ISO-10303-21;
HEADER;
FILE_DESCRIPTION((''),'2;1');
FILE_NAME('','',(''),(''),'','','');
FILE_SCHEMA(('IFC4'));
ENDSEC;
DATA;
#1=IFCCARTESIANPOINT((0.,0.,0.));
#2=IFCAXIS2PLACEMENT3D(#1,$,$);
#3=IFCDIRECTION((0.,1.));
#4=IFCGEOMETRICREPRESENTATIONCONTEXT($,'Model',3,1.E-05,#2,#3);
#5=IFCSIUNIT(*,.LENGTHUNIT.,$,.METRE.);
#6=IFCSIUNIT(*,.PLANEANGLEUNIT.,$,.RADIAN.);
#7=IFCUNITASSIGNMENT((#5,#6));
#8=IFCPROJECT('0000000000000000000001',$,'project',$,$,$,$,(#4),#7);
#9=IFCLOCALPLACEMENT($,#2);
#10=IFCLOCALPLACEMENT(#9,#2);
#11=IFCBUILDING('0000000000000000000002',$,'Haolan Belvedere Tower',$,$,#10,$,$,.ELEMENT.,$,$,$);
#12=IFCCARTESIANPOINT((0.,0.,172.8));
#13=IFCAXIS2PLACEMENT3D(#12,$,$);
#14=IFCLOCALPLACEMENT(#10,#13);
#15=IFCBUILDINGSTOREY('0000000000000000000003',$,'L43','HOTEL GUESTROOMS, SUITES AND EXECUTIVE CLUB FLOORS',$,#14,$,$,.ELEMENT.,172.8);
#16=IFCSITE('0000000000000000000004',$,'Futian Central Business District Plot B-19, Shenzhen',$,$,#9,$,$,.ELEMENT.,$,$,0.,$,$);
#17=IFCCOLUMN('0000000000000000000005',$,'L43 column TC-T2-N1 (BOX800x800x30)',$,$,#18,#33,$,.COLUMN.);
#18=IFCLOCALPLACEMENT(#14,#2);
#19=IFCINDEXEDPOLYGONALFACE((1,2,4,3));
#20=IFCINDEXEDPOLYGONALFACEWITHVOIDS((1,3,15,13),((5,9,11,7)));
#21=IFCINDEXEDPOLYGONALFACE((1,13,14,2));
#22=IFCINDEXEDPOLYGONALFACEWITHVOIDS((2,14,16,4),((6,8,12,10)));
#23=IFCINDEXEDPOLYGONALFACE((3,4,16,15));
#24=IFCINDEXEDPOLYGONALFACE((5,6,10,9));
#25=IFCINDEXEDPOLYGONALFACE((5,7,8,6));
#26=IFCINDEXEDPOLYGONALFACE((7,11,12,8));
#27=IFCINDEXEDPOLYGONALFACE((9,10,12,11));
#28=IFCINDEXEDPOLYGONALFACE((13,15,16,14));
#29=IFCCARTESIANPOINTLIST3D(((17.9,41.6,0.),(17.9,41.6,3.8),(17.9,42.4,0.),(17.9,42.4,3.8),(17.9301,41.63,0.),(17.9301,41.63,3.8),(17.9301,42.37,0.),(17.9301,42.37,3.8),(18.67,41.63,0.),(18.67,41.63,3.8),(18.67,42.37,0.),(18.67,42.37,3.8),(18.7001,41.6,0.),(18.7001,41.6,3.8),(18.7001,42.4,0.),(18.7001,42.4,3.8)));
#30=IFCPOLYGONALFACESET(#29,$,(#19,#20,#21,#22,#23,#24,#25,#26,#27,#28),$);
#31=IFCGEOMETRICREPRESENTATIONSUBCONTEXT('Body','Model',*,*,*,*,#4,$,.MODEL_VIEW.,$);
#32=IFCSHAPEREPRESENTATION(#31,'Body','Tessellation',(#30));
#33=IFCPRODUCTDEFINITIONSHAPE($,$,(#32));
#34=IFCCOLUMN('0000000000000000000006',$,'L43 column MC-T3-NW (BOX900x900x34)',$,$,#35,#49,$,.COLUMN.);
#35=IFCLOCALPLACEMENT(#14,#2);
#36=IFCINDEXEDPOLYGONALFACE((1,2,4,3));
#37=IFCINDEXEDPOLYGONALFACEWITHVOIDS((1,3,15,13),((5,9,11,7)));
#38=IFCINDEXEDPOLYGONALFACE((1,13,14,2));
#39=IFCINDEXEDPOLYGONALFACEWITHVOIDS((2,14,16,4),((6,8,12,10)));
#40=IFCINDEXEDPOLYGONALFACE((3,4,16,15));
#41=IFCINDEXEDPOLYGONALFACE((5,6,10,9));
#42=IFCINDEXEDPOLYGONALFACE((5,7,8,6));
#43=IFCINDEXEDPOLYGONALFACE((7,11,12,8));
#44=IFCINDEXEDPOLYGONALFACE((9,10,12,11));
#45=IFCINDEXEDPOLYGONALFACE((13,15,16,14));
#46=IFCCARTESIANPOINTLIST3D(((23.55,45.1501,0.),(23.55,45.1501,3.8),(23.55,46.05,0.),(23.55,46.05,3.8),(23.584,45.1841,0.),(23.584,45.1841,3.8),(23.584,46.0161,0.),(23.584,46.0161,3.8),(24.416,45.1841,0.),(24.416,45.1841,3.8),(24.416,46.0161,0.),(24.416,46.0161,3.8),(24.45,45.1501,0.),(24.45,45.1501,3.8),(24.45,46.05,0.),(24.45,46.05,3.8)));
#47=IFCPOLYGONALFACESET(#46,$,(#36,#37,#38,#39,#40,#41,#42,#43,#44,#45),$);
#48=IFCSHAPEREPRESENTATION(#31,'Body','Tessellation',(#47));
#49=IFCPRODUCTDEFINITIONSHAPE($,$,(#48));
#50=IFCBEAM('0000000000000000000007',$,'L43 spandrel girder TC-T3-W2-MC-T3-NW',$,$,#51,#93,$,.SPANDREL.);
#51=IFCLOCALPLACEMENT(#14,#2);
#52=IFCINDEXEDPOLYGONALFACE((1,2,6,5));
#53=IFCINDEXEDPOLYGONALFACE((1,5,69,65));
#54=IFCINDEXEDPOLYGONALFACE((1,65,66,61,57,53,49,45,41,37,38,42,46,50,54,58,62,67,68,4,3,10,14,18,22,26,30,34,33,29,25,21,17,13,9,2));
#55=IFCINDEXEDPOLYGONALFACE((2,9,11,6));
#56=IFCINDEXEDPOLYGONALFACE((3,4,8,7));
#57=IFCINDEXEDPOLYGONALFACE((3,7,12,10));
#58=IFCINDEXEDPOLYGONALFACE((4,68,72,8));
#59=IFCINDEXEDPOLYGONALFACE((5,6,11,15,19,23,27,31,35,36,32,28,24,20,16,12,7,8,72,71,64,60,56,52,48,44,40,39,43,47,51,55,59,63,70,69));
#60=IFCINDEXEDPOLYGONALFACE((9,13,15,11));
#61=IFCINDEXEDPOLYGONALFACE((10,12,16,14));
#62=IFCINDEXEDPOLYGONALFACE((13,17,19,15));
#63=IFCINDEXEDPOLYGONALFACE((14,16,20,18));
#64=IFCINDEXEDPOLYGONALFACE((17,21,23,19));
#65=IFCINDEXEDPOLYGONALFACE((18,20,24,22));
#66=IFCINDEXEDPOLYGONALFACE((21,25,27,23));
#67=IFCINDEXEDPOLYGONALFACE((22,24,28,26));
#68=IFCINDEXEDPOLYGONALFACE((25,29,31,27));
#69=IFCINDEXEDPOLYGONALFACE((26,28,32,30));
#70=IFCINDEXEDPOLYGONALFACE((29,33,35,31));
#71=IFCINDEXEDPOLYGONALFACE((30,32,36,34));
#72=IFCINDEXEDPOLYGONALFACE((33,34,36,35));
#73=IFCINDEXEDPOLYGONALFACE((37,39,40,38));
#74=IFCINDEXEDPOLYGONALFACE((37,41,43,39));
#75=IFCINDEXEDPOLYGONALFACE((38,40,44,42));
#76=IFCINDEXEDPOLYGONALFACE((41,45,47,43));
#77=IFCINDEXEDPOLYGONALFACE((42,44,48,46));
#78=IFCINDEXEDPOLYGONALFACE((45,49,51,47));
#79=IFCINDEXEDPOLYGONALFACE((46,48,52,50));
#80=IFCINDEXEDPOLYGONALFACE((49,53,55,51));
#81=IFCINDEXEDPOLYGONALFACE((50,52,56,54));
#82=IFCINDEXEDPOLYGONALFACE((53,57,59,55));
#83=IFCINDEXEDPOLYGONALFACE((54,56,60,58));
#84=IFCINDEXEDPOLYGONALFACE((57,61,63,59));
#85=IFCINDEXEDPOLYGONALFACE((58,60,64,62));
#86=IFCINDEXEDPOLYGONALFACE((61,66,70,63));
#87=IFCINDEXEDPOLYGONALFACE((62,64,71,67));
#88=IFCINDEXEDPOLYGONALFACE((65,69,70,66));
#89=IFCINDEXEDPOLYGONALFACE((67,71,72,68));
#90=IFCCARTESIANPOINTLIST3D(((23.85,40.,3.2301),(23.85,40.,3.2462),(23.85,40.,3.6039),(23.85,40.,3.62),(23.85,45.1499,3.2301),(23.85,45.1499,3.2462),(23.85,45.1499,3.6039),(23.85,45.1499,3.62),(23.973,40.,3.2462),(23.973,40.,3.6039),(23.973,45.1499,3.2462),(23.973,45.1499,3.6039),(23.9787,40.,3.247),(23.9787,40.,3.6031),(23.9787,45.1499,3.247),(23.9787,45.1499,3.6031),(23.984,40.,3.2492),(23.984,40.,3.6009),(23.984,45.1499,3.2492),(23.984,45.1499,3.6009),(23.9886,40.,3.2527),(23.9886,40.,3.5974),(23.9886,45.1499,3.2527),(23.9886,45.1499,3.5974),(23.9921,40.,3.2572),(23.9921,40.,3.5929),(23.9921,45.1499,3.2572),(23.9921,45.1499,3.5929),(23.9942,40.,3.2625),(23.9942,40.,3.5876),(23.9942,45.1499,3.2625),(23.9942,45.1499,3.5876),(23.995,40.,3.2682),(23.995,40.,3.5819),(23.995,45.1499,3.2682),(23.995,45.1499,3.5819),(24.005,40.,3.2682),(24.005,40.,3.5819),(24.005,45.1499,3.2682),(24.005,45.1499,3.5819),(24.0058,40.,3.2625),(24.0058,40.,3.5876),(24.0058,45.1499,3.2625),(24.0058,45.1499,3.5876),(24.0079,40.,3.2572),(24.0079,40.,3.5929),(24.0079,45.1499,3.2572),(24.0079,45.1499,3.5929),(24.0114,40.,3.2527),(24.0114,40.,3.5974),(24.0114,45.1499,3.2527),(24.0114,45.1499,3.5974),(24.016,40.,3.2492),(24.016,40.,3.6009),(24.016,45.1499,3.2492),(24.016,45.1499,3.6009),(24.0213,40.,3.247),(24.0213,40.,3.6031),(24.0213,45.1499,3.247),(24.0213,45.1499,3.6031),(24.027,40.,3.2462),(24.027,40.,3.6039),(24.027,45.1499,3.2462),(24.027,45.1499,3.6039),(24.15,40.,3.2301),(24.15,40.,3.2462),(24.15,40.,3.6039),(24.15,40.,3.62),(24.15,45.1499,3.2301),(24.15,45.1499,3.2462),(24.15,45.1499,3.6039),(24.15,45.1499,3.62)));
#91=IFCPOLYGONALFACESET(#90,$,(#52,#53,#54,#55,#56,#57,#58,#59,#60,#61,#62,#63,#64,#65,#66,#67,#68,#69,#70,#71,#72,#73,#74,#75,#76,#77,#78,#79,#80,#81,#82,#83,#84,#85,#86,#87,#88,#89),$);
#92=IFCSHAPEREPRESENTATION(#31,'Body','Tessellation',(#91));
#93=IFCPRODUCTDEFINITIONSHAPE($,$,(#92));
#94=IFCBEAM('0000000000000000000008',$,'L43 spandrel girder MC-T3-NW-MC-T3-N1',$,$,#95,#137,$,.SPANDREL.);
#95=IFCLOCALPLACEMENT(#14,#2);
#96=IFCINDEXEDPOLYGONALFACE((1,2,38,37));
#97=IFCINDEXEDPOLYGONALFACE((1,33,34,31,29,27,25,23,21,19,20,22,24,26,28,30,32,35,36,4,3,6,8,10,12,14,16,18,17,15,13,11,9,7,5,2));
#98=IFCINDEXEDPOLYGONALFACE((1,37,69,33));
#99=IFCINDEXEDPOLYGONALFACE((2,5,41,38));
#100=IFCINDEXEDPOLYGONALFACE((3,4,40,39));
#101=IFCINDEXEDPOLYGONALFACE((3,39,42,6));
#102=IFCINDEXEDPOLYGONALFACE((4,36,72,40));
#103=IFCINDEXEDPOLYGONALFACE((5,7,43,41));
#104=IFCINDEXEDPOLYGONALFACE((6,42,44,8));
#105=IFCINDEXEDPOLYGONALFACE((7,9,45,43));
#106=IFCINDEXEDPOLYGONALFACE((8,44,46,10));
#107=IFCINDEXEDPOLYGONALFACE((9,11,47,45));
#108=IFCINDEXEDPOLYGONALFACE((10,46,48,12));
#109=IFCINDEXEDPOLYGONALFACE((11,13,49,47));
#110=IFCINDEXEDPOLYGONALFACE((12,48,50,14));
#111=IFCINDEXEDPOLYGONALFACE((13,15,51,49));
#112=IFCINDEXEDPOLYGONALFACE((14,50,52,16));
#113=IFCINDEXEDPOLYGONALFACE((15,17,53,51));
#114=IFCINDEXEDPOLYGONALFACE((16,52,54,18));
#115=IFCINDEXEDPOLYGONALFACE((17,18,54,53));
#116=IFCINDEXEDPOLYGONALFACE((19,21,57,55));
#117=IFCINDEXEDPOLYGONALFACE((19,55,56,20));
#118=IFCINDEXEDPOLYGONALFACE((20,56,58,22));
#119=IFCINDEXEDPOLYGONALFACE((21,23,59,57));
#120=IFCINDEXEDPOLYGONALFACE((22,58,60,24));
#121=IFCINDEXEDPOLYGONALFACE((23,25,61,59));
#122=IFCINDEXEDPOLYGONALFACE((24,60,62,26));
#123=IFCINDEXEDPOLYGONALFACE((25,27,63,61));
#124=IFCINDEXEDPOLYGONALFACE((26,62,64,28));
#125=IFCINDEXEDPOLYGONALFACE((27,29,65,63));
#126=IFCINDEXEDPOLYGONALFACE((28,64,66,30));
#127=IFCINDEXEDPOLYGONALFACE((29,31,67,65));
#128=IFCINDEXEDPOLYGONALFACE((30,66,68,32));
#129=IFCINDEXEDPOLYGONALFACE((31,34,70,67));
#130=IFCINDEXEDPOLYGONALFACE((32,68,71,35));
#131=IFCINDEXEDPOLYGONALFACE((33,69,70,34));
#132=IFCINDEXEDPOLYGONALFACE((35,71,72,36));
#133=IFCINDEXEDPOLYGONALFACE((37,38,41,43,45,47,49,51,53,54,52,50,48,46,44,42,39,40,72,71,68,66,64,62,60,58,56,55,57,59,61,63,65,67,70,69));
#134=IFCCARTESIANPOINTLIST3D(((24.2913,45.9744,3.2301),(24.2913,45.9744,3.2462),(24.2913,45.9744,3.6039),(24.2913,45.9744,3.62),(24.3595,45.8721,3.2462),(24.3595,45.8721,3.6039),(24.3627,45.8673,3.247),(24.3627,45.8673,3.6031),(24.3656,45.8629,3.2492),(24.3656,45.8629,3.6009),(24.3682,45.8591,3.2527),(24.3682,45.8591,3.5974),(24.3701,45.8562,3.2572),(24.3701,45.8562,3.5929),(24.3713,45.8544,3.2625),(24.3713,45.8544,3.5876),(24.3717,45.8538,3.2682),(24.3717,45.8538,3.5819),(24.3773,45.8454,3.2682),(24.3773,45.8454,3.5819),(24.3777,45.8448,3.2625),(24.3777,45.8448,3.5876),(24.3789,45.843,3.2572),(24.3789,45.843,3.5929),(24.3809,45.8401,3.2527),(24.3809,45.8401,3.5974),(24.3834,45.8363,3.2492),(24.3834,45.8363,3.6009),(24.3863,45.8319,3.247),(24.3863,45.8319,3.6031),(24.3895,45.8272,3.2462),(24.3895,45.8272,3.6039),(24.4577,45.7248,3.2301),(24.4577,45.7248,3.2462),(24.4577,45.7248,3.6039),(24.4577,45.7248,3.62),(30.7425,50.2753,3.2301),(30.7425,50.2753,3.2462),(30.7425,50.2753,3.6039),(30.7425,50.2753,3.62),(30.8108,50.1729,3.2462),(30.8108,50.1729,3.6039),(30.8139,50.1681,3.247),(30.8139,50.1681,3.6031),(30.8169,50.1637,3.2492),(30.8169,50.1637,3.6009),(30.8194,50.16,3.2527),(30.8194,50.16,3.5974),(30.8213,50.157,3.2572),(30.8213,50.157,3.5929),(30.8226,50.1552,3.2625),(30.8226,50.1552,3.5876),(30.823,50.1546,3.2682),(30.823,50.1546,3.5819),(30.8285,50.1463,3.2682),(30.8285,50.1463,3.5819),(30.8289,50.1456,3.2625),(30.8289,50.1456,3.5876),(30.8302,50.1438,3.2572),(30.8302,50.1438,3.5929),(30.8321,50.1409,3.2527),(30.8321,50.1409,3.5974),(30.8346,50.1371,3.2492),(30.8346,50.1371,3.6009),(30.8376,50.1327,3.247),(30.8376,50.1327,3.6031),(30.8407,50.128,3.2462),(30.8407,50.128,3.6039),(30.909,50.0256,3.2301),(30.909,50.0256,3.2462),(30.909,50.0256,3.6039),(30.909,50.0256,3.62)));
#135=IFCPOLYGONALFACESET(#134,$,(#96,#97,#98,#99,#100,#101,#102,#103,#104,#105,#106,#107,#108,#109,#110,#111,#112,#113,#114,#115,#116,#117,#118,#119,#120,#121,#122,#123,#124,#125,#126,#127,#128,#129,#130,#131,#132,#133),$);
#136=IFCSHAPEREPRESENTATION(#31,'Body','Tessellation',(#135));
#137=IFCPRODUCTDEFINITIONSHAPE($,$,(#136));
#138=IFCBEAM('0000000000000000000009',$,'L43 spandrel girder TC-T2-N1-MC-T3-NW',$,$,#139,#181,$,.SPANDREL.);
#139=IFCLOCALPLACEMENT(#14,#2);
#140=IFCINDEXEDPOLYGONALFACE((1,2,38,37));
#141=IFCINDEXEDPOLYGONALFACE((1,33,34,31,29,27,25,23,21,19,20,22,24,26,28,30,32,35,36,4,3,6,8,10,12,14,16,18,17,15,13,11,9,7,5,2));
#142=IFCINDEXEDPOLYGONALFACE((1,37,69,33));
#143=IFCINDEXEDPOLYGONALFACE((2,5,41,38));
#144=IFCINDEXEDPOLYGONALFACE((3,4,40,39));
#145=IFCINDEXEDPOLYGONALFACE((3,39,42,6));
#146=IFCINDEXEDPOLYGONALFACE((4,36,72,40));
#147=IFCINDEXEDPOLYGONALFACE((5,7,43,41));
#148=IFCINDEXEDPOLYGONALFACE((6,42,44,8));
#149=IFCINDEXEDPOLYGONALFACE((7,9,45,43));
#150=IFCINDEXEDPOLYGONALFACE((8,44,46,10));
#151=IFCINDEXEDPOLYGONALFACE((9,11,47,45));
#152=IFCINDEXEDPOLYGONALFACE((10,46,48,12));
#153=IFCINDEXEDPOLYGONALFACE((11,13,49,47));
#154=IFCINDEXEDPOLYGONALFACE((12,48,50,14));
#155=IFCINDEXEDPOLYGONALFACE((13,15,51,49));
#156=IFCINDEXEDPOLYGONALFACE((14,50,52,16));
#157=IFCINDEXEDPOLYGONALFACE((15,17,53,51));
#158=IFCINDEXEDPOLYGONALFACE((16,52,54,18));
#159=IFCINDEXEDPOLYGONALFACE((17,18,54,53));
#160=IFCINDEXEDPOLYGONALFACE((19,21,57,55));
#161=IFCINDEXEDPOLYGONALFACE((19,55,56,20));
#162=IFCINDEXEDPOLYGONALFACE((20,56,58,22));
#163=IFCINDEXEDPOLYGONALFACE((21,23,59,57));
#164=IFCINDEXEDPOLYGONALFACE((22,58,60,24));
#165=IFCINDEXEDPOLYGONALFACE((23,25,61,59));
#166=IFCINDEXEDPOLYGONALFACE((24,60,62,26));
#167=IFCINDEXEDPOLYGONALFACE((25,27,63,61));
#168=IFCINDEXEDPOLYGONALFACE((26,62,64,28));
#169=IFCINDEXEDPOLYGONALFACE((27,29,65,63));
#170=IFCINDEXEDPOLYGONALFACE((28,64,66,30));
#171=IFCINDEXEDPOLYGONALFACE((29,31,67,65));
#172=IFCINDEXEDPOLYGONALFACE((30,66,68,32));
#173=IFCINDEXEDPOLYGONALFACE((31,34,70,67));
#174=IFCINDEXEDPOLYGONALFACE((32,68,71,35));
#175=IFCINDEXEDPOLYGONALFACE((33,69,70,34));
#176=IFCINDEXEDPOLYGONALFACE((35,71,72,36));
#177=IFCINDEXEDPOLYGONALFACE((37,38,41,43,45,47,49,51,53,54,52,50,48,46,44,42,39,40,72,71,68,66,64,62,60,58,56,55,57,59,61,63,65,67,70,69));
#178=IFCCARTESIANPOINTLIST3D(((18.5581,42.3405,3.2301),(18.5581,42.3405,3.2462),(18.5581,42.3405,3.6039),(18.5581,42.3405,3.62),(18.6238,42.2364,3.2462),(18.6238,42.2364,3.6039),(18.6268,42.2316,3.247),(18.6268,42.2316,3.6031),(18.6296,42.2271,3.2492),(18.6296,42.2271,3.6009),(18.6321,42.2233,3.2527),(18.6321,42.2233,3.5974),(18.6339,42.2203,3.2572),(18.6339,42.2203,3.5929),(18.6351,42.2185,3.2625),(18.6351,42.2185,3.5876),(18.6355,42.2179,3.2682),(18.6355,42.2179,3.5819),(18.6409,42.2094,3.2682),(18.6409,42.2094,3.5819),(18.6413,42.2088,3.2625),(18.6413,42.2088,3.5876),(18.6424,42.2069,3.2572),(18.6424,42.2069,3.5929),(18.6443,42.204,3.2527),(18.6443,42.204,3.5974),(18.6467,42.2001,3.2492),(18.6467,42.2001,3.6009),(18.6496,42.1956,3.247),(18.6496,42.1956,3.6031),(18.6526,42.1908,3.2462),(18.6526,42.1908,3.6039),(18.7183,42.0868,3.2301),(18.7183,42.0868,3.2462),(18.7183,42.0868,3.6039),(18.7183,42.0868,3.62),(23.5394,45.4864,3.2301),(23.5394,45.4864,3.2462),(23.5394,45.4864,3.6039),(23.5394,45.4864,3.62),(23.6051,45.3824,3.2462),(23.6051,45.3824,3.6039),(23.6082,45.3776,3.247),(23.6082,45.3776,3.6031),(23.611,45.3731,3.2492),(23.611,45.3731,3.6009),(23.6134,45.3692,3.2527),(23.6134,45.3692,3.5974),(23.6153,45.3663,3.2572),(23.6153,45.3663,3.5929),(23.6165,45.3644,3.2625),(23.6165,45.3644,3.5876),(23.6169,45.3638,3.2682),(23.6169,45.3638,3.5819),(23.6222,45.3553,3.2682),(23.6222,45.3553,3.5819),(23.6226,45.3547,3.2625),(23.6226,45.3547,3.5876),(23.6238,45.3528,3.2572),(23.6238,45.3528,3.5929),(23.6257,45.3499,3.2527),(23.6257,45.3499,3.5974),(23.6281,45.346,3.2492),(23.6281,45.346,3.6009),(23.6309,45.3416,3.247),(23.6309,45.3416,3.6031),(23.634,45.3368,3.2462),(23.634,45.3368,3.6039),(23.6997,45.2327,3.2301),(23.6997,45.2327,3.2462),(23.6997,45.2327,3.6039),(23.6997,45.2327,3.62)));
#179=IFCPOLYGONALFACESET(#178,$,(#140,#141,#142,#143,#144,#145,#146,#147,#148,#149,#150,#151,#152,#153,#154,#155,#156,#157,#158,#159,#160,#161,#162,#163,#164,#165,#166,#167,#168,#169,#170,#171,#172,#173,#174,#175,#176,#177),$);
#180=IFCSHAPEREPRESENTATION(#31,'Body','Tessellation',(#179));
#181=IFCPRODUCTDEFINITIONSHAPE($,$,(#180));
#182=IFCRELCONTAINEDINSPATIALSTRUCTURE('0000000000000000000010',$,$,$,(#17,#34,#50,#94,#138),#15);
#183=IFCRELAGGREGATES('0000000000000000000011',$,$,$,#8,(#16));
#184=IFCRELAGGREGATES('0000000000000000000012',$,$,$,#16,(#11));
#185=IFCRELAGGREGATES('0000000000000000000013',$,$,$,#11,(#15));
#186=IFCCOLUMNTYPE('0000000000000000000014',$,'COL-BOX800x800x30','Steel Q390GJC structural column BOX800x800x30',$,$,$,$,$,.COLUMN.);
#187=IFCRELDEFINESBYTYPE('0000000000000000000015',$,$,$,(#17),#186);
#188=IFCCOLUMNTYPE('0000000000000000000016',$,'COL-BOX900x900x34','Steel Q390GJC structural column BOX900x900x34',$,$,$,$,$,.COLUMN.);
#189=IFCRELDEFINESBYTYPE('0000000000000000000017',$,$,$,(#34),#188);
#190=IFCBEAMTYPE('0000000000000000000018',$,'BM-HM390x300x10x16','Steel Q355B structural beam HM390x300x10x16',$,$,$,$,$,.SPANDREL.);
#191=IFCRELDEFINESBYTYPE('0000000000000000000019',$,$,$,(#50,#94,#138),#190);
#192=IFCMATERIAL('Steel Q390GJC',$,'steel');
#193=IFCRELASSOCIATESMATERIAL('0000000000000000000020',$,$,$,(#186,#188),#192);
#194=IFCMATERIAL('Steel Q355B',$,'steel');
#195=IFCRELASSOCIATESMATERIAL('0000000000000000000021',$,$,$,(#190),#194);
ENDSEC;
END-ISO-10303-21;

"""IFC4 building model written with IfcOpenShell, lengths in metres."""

from ifc_helpers import new_model, si_unit, direction, frame, origin, origin_2d, place, context, subcontext, project, spatial, hollow_rectangle, i_section, extrude, material, material_profile, profile_set, type_object, element, save


model = new_model("IFC4")

# Units and contexts
model_context = context("Model", 3, precision=1e-05, world=origin(), true_north=direction((0.0, 1.0)))
body_context = subcontext(model_context, "Body", "Model", "MODEL_VIEW")
ifc_project = project(units=[si_unit("LENGTHUNIT", "METRE"), si_unit("PLANEANGLEUNIT", "RADIAN")], contexts=[model_context])

# Site, building, storey
site_placement = place(None, origin())
site = spatial("IfcSite", under=ifc_project, at=site_placement, Name="Futian Central Business District Plot B-19, Shenzhen", CompositionType="ELEMENT", RefElevation=0.0)
building_placement = place(site_placement, origin())
building = spatial("IfcBuilding", under=site, at=building_placement, Name="Haolan Belvedere Tower", CompositionType="ELEMENT")
storey_placement = place(building_placement, frame((0.0, 0.0, 172.8)))
storey = spatial("IfcBuildingStorey", under=building, at=storey_placement, Name="L43", Description="HOTEL GUESTROOMS, SUITES AND EXECUTIVE CLUB FLOORS", CompositionType="ELEMENT", Elevation=172.8)

# Columns
ifc_material_1 = material(Name="Steel Q390GJC", Category="steel")
ifc_material_profile_1 = material_profile(ifc_material_1, hollow_rectangle(XDim=0.8, YDim=0.8, WallThickness=0.03, at=origin_2d()), Name="Steel Q390GJC")
ifc_profile_set_1 = profile_set([ifc_material_profile_1], Name="Steel Q390GJC")
column_type_1 = type_object("IfcColumnType", Name="COL-BOX800x800x30", Description="Steel Q390GJC structural column BOX800x800x30", PredefinedType="COLUMN", material=ifc_profile_set_1)
column_1_placement = place(storey_placement, frame((18.3, 42.0, 0.0), z_axis=(0.0, 0.0, 1.0), x_axis=(1.0, 0.0, 0.0)))
element("IfcColumn", 1, at=column_1_placement, inside=storey, type_object=column_type_1, Name="L43 column TC-T2-N1 (BOX800x800x30)", PredefinedType="COLUMN", context=body_context, shape_type="SweptSolid", body=[
    extrude(hollow_rectangle(XDim=0.8, YDim=0.8, WallThickness=0.03, at=origin_2d()), origin(), (0.0, 0.0, 1.0), 3.8),
])
ifc_material_profile_2 = material_profile(ifc_material_1, hollow_rectangle(XDim=0.8999, YDim=0.8999, WallThickness=0.0339, at=origin_2d()), Name="Steel Q390GJC")
ifc_profile_set_2 = profile_set([ifc_material_profile_2], Name="Steel Q390GJC")
column_type_2 = type_object("IfcColumnType", Name="COL-BOX900x900x34", Description="Steel Q390GJC structural column BOX900x900x34", PredefinedType="COLUMN", material=ifc_profile_set_2)
column_2_placement = place(storey_placement, frame((24.0, 45.6001, 0.0), z_axis=(0.0, 0.0, 1.0), x_axis=(1.0, 0.0, 0.0)))
element("IfcColumn", 2, at=column_2_placement, inside=storey, type_object=column_type_2, Name="L43 column MC-T3-NW (BOX900x900x34)", PredefinedType="COLUMN", context=body_context, shape_type="SweptSolid", body=[
    extrude(hollow_rectangle(XDim=0.8999, YDim=0.8999, WallThickness=0.0339, at=origin_2d()), origin(), (0.0, 0.0, 1.0), 3.8),
])

# Beams
ifc_material_2 = material(Name="Steel Q355B", Category="steel")
ifc_material_profile_3 = material_profile(ifc_material_2, i_section(OverallWidth=0.3, OverallDepth=0.3899, WebThickness=0.01, FlangeThickness=0.0161, FilletRadius=0.022, at=origin_2d()), Name="Steel Q355B")
ifc_profile_set_3 = profile_set([ifc_material_profile_3], Name="Steel Q355B")
beam_type_1 = type_object("IfcBeamType", Name="BM-HM390x300x10x16", Description="Steel Q355B structural beam HM390x300x10x16", PredefinedType="SPANDREL", material=ifc_profile_set_3)
beam_1_placement = place(storey_placement, frame((24.0, 40.0, 3.425), z_axis=(0.0, 1.0, 0.0), x_axis=(-1.0, 0.0, 0.0)))
element("IfcBeam", 3, at=beam_1_placement, inside=storey, type_object=beam_type_1, Name="L43 spandrel girder TC-T3-W2-MC-T3-NW", PredefinedType="SPANDREL", context=body_context, shape_type="SweptSolid", body=[
    extrude(i_section(OverallWidth=0.3, OverallDepth=0.3899, WebThickness=0.01, FlangeThickness=0.0161, FilletRadius=0.022, at=origin_2d()), origin(), (0.0, 0.0, 1.0), 5.1499),
])
beam_2_placement = place(storey_placement, frame((24.3745, 45.8496, 3.425), z_axis=(0.83205, 0.5547, 0.0), x_axis=(-0.5547, 0.83205, 0.0)))
element("IfcBeam", 4, at=beam_2_placement, inside=storey, type_object=beam_type_1, Name="L43 spandrel girder MC-T3-NW-MC-T3-N1", PredefinedType="SPANDREL", context=body_context, shape_type="SweptSolid", body=[
    extrude(i_section(OverallWidth=0.3, OverallDepth=0.3899, WebThickness=0.01, FlangeThickness=0.0161, FilletRadius=0.022, at=origin_2d()), origin(), (0.0, 0.0, 1.0), 7.7534),
])
beam_3_placement = place(storey_placement, frame((18.6382, 42.2136, 3.425), z_axis=(0.845503, 0.533971, 0.0), x_axis=(-0.533971, 0.845503, 0.0)))
element("IfcBeam", 5, at=beam_3_placement, inside=storey, type_object=beam_type_1, Name="L43 spandrel girder TC-T2-N1-MC-T3-NW", PredefinedType="SPANDREL", context=body_context, shape_type="SweptSolid", body=[
    extrude(i_section(OverallWidth=0.3, OverallDepth=0.3899, WebThickness=0.01, FlangeThickness=0.0161, FilletRadius=0.022, at=origin_2d()), origin(), (0.0, 0.0, 1.0), 5.8916),
])

save(model, "model.ifc")
